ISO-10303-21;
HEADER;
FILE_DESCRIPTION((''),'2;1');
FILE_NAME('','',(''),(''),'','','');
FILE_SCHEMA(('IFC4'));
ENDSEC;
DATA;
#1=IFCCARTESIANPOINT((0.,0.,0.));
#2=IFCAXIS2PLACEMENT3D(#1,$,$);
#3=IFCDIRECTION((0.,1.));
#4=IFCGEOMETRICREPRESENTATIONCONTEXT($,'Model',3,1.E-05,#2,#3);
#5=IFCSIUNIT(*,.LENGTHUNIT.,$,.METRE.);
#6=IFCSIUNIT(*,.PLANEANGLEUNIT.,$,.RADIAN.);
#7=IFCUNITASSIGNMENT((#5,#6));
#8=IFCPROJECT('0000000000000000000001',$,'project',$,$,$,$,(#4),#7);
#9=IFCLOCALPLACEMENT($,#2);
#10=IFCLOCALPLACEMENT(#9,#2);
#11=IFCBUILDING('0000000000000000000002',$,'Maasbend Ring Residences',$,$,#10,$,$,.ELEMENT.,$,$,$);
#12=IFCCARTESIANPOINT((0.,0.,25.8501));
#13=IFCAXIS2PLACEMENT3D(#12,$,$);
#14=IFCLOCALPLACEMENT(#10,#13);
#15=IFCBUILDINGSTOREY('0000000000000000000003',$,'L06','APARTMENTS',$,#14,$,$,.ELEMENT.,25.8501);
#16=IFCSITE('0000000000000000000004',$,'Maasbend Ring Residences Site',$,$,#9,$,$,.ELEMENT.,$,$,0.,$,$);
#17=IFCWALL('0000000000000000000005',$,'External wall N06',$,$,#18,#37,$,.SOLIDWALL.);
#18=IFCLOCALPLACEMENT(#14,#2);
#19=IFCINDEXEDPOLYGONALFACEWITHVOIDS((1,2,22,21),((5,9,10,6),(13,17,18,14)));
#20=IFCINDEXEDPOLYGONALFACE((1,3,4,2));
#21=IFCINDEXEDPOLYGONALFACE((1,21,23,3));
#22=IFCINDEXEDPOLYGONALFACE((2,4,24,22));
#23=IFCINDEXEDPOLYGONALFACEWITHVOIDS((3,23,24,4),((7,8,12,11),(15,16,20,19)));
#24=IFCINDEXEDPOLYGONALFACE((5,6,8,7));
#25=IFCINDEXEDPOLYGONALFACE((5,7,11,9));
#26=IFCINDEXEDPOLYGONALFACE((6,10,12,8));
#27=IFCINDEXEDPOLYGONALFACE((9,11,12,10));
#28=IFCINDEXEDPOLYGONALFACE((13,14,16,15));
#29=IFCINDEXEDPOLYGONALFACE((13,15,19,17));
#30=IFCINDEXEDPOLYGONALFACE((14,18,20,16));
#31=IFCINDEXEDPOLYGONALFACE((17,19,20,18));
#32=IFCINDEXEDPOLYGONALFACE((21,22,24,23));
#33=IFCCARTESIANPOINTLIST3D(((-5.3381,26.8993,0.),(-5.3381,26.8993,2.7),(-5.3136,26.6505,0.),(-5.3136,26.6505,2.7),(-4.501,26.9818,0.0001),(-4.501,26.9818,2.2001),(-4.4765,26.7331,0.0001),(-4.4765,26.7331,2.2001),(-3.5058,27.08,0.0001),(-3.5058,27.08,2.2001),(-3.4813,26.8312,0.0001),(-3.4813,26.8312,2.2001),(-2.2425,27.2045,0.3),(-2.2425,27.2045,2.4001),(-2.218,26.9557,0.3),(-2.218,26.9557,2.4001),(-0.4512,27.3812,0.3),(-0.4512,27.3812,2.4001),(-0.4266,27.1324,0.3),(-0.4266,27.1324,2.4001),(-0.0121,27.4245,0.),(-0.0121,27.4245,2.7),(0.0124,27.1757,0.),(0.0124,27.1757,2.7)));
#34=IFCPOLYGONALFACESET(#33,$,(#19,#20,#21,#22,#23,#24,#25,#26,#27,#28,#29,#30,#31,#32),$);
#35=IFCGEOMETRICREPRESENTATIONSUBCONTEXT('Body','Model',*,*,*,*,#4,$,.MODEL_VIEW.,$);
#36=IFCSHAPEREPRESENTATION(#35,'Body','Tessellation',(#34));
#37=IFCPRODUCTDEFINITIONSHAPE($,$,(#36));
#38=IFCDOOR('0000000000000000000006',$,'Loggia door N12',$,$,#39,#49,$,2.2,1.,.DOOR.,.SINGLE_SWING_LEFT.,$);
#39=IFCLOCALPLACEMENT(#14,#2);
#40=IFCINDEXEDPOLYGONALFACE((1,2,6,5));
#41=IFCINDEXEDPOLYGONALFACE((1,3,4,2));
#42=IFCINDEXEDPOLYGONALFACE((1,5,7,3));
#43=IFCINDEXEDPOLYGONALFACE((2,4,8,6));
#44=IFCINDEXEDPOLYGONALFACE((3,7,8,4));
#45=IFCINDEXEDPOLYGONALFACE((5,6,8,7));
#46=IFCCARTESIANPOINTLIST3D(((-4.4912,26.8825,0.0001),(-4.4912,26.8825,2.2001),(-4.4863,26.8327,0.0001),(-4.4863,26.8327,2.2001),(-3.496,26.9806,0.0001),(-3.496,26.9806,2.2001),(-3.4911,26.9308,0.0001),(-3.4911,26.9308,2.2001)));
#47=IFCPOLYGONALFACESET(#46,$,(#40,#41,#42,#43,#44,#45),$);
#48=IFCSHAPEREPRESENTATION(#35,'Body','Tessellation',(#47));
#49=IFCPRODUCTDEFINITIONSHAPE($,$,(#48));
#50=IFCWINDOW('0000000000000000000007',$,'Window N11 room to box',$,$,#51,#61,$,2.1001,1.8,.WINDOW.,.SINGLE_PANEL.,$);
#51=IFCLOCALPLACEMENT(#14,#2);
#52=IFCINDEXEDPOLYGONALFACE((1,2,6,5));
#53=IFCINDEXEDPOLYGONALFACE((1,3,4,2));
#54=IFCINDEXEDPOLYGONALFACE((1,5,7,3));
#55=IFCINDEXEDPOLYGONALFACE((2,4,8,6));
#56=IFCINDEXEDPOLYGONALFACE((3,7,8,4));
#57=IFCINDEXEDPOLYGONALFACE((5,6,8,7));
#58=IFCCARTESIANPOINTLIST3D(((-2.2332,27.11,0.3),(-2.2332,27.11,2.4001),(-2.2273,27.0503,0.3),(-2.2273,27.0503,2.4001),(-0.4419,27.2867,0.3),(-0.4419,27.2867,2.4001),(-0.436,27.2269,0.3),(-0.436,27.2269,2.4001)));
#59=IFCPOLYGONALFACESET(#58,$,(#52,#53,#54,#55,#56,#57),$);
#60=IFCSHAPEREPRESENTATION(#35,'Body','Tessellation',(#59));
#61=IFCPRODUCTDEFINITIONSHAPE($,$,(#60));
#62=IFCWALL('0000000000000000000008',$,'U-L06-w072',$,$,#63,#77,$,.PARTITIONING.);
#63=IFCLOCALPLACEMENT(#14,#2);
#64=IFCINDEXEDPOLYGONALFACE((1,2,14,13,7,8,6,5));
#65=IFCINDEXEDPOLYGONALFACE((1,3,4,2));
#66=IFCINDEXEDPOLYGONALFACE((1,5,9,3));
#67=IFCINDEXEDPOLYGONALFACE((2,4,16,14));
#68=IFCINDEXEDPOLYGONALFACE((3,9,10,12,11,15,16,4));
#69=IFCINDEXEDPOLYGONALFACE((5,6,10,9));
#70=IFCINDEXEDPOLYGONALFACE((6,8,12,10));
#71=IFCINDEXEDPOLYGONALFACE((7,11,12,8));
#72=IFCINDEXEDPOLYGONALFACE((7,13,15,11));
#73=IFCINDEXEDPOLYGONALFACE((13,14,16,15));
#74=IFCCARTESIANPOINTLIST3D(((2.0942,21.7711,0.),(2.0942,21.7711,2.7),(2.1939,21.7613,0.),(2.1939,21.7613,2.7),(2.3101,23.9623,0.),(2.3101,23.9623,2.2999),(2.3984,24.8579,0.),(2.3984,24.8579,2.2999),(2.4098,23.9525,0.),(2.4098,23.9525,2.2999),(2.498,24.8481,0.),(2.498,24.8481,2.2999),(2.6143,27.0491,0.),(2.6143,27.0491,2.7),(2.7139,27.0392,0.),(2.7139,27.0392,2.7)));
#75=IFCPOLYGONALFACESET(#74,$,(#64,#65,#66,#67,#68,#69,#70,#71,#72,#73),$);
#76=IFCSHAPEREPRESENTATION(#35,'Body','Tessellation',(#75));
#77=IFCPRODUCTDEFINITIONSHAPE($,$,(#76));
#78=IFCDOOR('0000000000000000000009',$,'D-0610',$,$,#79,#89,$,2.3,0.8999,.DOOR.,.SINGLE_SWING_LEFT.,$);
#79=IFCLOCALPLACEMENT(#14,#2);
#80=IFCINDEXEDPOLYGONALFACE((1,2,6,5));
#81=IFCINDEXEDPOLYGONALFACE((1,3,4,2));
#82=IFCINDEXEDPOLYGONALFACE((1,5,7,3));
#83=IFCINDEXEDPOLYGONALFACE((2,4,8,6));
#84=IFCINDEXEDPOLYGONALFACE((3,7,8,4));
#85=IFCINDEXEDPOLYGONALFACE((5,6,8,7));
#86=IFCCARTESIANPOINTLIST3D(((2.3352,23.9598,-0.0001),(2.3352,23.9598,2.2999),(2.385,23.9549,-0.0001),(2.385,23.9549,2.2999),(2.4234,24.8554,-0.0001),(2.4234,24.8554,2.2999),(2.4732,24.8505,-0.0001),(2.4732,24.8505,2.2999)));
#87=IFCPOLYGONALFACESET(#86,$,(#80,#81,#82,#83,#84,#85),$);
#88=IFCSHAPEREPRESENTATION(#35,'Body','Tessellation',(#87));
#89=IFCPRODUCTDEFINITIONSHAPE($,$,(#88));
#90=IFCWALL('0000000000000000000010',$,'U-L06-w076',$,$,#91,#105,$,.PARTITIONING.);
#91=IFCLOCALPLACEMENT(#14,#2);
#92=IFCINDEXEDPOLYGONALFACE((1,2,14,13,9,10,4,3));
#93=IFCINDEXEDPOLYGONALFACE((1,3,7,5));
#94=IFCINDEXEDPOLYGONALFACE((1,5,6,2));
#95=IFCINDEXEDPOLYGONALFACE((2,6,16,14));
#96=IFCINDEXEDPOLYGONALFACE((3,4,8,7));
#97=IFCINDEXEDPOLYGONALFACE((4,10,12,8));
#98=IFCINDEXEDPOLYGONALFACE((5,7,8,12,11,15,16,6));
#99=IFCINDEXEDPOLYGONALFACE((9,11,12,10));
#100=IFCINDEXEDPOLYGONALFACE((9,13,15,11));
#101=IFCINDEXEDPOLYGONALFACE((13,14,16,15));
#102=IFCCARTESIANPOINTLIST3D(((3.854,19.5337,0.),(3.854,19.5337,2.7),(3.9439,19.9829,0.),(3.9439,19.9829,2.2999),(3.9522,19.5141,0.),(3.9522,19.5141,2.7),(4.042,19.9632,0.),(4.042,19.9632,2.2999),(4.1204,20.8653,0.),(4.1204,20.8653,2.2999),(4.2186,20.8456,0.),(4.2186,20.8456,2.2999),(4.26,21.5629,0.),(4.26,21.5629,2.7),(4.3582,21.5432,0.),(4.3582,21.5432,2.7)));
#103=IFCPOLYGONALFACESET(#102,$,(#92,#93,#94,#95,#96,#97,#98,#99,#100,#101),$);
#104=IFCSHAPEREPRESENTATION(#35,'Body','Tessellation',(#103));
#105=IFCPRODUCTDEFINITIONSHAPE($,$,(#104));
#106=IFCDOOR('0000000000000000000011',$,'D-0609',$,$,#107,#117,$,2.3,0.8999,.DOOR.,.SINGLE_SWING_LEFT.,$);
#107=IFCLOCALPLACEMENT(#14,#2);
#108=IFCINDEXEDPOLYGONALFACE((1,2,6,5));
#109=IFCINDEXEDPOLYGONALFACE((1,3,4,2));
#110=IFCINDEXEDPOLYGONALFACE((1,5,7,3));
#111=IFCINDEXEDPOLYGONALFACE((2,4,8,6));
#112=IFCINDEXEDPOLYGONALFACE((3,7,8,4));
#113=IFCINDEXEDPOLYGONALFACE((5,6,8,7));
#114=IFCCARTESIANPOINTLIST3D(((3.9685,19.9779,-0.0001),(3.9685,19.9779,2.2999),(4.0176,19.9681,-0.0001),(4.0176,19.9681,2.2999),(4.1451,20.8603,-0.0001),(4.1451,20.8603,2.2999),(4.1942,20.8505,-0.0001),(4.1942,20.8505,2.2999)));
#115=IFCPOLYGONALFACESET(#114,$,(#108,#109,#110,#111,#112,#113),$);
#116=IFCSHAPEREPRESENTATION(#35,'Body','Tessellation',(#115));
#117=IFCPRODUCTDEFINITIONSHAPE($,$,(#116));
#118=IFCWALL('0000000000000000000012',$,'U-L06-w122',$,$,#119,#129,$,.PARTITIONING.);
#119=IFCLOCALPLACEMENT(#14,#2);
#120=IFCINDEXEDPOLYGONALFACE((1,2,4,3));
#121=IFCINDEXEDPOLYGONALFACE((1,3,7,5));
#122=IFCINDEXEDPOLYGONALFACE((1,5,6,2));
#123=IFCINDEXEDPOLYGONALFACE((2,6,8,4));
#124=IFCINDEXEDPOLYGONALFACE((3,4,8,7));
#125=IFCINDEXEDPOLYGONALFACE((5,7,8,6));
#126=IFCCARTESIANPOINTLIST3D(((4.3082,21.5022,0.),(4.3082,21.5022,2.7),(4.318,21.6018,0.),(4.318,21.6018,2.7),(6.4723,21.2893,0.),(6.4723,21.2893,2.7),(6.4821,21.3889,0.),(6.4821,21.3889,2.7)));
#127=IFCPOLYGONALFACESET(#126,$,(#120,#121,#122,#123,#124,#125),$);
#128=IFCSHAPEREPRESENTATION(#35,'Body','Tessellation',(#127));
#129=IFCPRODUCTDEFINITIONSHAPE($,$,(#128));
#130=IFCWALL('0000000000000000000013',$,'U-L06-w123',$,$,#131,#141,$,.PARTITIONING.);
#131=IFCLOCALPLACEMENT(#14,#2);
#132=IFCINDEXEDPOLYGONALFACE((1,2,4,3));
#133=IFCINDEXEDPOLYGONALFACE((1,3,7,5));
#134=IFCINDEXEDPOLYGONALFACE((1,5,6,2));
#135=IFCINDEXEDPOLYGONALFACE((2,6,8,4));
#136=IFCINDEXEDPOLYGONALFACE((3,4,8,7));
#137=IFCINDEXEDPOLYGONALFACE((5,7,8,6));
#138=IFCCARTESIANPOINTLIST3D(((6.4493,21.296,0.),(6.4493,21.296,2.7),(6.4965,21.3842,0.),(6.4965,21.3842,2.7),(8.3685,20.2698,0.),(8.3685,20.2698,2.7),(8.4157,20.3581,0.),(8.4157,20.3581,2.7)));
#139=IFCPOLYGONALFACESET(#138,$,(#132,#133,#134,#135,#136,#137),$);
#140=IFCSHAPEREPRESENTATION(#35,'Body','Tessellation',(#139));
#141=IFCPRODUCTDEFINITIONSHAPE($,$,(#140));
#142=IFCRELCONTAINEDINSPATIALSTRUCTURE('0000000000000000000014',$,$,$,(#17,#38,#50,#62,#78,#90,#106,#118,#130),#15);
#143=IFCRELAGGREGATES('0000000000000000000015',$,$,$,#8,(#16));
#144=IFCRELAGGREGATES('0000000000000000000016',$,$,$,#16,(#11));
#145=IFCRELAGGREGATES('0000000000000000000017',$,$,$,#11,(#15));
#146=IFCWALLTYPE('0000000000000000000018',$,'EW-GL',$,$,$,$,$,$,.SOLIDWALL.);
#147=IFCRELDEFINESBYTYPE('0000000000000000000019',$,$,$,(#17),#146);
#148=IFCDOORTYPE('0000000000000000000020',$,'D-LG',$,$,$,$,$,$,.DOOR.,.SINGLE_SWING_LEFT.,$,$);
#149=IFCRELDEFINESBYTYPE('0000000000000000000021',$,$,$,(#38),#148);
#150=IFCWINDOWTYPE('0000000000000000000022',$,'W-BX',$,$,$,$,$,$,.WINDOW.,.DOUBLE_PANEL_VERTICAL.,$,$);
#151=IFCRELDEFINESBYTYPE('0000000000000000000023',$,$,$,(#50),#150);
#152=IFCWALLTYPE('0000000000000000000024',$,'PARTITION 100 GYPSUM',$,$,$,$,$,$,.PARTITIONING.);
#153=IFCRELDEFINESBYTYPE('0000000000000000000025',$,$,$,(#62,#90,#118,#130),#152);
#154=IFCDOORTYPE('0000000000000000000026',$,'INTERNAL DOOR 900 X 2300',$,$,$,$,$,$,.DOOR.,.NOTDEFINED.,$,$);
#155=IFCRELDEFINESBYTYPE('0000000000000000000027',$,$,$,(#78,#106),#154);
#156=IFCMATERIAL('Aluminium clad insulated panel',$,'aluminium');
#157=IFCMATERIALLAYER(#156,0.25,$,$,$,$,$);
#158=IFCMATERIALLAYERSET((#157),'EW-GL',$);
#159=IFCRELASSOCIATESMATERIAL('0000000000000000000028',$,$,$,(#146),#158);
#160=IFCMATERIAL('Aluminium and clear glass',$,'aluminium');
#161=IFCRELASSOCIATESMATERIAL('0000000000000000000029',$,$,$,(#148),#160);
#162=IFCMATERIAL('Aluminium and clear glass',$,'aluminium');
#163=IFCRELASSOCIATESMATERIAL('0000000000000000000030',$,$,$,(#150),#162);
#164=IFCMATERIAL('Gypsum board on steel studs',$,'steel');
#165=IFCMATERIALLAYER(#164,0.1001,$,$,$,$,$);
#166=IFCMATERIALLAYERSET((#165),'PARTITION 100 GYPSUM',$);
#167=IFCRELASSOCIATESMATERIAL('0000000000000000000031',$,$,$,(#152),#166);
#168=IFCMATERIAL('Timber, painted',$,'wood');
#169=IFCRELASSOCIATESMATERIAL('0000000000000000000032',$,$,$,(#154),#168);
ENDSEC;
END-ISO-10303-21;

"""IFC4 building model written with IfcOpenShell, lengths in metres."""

from ifc_helpers import new_model, si_unit, direction, frame, frame_2d, origin, place, context, subcontext, project, spatial, rectangle, extrude, material, layer, layer_set, type_object, element, fill, save


model = new_model("IFC4")

# Units and contexts
model_context = context("Model", 3, precision=1e-05, world=origin(), true_north=direction((0.0, 1.0)))
body_context = subcontext(model_context, "Body", "Model", "MODEL_VIEW")
ifc_project = project(units=[si_unit("LENGTHUNIT", "METRE"), si_unit("PLANEANGLEUNIT", "RADIAN")], contexts=[model_context])

# Site, building, storey
site_placement = place(None, origin())
site = spatial("IfcSite", under=ifc_project, at=site_placement, Name="Maasbend Ring Residences Site", CompositionType="ELEMENT", RefElevation=0.0)
building_placement = place(site_placement, origin())
building = spatial("IfcBuilding", under=site, at=building_placement, Name="Maasbend Ring Residences", CompositionType="ELEMENT")
storey_placement = place(building_placement, frame((0.0, 0.0, 25.8501)))
storey = spatial("IfcBuildingStorey", under=building, at=storey_placement, Name="L06", Description="APARTMENTS", CompositionType="ELEMENT", Elevation=25.8501)

# Wall, openings, door, window
ifc_material_1 = material(Name="Aluminium clad insulated panel", Category="aluminium")
ifc_layer_1 = layer(ifc_material_1, 0.25)
ifc_layer_set_1 = layer_set([ifc_layer_1], Name="EW-GL")
wall_type_1 = type_object("IfcWallType", Name="EW-GL", PredefinedType="SOLIDWALL", material=ifc_layer_set_1)
ifc_material_2 = material(Name="Aluminium and clear glass", Category="aluminium")
door_type_1 = type_object("IfcDoorType", Name="D-LG", OperationType="SINGLE_SWING_LEFT", PredefinedType="DOOR", material=ifc_material_2)
ifc_material_3 = material(Name="Aluminium and clear glass", Category="aluminium")
window_type_1 = type_object("IfcWindowType", Name="W-BX", PartitioningType="DOUBLE_PANEL_VERTICAL", PredefinedType="WINDOW", material=ifc_material_3)
wall_1_placement = place(storey_placement, frame((0.0, 27.3, 0.0), z_axis=(0.0, 0.0, 1.0), x_axis=(-0.995174, -0.098126, 0.0)))
wall_1 = element("IfcWall", 1, at=wall_1_placement, inside=storey, type_object=wall_type_1, Name="External wall N06", PredefinedType="SOLIDWALL", context=body_context, shape_type="SweptSolid", body=[
    extrude(rectangle(XDim=5.3518, YDim=0.25, at=frame_2d((2.6758, 0.0))), origin(), (0.0, 0.0, 1.0), 2.7),
])
opening_1_placement = place(wall_1_placement, frame((0.4412, 0.0, 0.3)))
opening_1 = element("IfcOpeningElement", 2, at=opening_1_placement, cuts=wall_1, PredefinedType="OPENING", context=body_context, shape_type="SweptSolid", body=[
    extrude(rectangle(XDim=1.8, YDim=2.1001, at=frame_2d((0.8999, 1.05))), frame((0.0, 0.135, 0.0), z_axis=(0.0, -1.0, 0.0), x_axis=(1.0, 0.0, 0.0)), (0.0, 0.0, 1.0), 0.27),
])
opening_2_placement = place(wall_1_placement, frame((3.5105, 0.0, 0.0)))
opening_2 = element("IfcOpeningElement", 3, at=opening_2_placement, cuts=wall_1, PredefinedType="OPENING", context=body_context, shape_type="SweptSolid", body=[
    extrude(rectangle(XDim=1.0, YDim=2.2, at=frame_2d((0.5, 1.1001))), frame((0.0, 0.135, 0.0), z_axis=(0.0, -1.0, 0.0), x_axis=(1.0, 0.0, 0.0)), (0.0, 0.0, 1.0), 0.27),
])
door_1_placement = place(opening_2_placement, origin())
door_1 = element("IfcDoor", 4, at=door_1_placement, inside=storey, type_object=door_type_1, Name="Loggia door N12", OperationType="SINGLE_SWING_LEFT", OverallHeight=2.2, OverallWidth=1.0, PredefinedType="DOOR", context=body_context, shape_type="SweptSolid", body=[
    extrude(rectangle(XDim=1.0, YDim=2.2, at=frame_2d((0.5, 1.1001))), frame((0.0, 0.0249, 0.0), z_axis=(0.0, -1.0, 0.0), x_axis=(1.0, 0.0, 0.0)), (0.0, 0.0, 1.0), 0.05),
])
fill(opening_2, door_1)
window_1_placement = place(opening_1_placement, origin())
window_1 = element("IfcWindow", 5, at=window_1_placement, inside=storey, type_object=window_type_1, Name="Window N11 room to box", OverallHeight=2.1001, OverallWidth=1.8, PartitioningType="SINGLE_PANEL", PredefinedType="WINDOW", context=body_context, shape_type="SweptSolid", body=[
    extrude(rectangle(XDim=1.8, YDim=2.1001, at=frame_2d((0.8999, 1.05))), frame((0.0, 0.03, 0.0), z_axis=(0.0, -1.0, 0.0), x_axis=(1.0, 0.0, 0.0)), (0.0, 0.0, 1.0), 0.0601),
])
fill(opening_1, window_1)

# Walls, openings, doors
ifc_material_4 = material(Name="Gypsum board on steel studs", Category="steel")
ifc_layer_2 = layer(ifc_material_4, 0.1001)
ifc_layer_set_2 = layer_set([ifc_layer_2], Name="PARTITION 100 GYPSUM")
wall_type_2 = type_object("IfcWallType", Name="PARTITION 100 GYPSUM", PredefinedType="PARTITIONING", material=ifc_layer_set_2)
wall_2_placement = place(storey_placement, frame((2.144, 21.7661, 0.0), z_axis=(0.0, 0.0, 1.0), x_axis=(0.098054, 0.995181, 0.0)))
wall_2 = element("IfcWall", 6, at=wall_2_placement, inside=storey, type_object=wall_type_2, Name="U-L06-w072", PredefinedType="PARTITIONING", context=body_context, shape_type="SweptSolid", body=[
    extrude(rectangle(XDim=5.3035, YDim=0.1001, at=frame_2d((2.6519, 0.0))), origin(), (0.0, 0.0, 1.0), 2.7),
])
opening_3_placement = place(wall_2_placement, frame((2.2019, 0.0, 0.0)))
opening_3 = element("IfcOpeningElement", 7, at=opening_3_placement, cuts=wall_2, PredefinedType="OPENING", context=body_context, shape_type="SweptSolid", body=[
    extrude(rectangle(XDim=0.8999, YDim=2.3, at=frame_2d((0.45, 1.1499))), frame((0.0, 0.0601, 0.0), z_axis=(0.0, -1.0, 0.0), x_axis=(1.0, 0.0, 0.0)), (0.0, 0.0, 1.0), 0.1201),
])
ifc_material_5 = material(Name="Timber, painted", Category="wood")
door_type_2 = type_object("IfcDoorType", Name="INTERNAL DOOR 900 X 2300", OperationType="NOTDEFINED", PredefinedType="DOOR", material=ifc_material_5)
door_2_placement = place(opening_3_placement, origin())
door_2 = element("IfcDoor", 8, at=door_2_placement, inside=storey, type_object=door_type_2, Name="D-0610", OperationType="SINGLE_SWING_LEFT", OverallHeight=2.3, OverallWidth=0.8999, PredefinedType="DOOR", context=body_context, shape_type="SweptSolid", body=[
    extrude(rectangle(XDim=0.8999, YDim=2.3, at=frame_2d((0.45, 1.1499))), frame((0.0, 0.0249, 0.0), z_axis=(0.0, -1.0, 0.0), x_axis=(1.0, 0.0, 0.0)), (0.0, 0.0, 1.0), 0.05),
])
fill(opening_3, door_2)
wall_3_placement = place(storey_placement, frame((3.9031, 19.5239, 0.0), z_axis=(0.0, 0.0, 1.0), x_axis=(0.196207, 0.980563, 0.0)))
wall_3 = element("IfcWall", 9, at=wall_3_placement, inside=storey, type_object=wall_type_2, Name="U-L06-w076", PredefinedType="PARTITIONING", context=body_context, shape_type="SweptSolid", body=[
    extrude(rectangle(XDim=2.0693, YDim=0.1001, at=frame_2d((1.0347, 0.0))), origin(), (0.0, 0.0, 1.0), 2.7),
])
opening_4_placement = place(wall_3_placement, frame((0.458, 0.0, 0.0)))
opening_4 = element("IfcOpeningElement", 10, at=opening_4_placement, cuts=wall_3, PredefinedType="OPENING", context=body_context, shape_type="SweptSolid", body=[
    extrude(rectangle(XDim=0.8999, YDim=2.3, at=frame_2d((0.45, 1.1499))), frame((0.0, 0.0601, 0.0), z_axis=(0.0, -1.0, 0.0), x_axis=(1.0, 0.0, 0.0)), (0.0, 0.0, 1.0), 0.1201),
])
door_3_placement = place(opening_4_placement, origin())
door_3 = element("IfcDoor", 11, at=door_3_placement, inside=storey, type_object=door_type_2, Name="D-0609", OperationType="SINGLE_SWING_LEFT", OverallHeight=2.3, OverallWidth=0.8999, PredefinedType="DOOR", context=body_context, shape_type="SweptSolid", body=[
    extrude(rectangle(XDim=0.8999, YDim=2.3, at=frame_2d((0.45, 1.1499))), frame((0.0, 0.0249, 0.0), z_axis=(0.0, -1.0, 0.0), x_axis=(1.0, 0.0, 0.0)), (0.0, 0.0, 1.0), 0.05),
])
fill(opening_4, door_3)

# Walls
wall_4_placement = place(storey_placement, frame((4.313, 21.552, 0.0), z_axis=(0.0, 0.0, 1.0), x_axis=(0.995196, -0.097903, 0.0)))
element("IfcWall", 12, at=wall_4_placement, inside=storey, type_object=wall_type_2, Name="U-L06-w122", PredefinedType="PARTITIONING", context=body_context, shape_type="SweptSolid", body=[
    extrude(rectangle(XDim=2.1746, YDim=0.1001, at=frame_2d((1.0874, 0.0))), origin(), (0.0, 0.0, 1.0), 2.7),
])
wall_5_placement = place(storey_placement, frame((6.4729, 21.3401, 0.0), z_axis=(0.0, 0.0, 1.0), x_axis=(0.881865, -0.471502, 0.0)))
element("IfcWall", 13, at=wall_5_placement, inside=storey, type_object=wall_type_2, Name="U-L06-w123", PredefinedType="PARTITIONING", context=body_context, shape_type="SweptSolid", body=[
    extrude(rectangle(XDim=2.1763, YDim=0.1001, at=frame_2d((1.0881, 0.0))), origin(), (0.0, 0.0, 1.0), 2.7),
])

save(model, "model.ifc")
